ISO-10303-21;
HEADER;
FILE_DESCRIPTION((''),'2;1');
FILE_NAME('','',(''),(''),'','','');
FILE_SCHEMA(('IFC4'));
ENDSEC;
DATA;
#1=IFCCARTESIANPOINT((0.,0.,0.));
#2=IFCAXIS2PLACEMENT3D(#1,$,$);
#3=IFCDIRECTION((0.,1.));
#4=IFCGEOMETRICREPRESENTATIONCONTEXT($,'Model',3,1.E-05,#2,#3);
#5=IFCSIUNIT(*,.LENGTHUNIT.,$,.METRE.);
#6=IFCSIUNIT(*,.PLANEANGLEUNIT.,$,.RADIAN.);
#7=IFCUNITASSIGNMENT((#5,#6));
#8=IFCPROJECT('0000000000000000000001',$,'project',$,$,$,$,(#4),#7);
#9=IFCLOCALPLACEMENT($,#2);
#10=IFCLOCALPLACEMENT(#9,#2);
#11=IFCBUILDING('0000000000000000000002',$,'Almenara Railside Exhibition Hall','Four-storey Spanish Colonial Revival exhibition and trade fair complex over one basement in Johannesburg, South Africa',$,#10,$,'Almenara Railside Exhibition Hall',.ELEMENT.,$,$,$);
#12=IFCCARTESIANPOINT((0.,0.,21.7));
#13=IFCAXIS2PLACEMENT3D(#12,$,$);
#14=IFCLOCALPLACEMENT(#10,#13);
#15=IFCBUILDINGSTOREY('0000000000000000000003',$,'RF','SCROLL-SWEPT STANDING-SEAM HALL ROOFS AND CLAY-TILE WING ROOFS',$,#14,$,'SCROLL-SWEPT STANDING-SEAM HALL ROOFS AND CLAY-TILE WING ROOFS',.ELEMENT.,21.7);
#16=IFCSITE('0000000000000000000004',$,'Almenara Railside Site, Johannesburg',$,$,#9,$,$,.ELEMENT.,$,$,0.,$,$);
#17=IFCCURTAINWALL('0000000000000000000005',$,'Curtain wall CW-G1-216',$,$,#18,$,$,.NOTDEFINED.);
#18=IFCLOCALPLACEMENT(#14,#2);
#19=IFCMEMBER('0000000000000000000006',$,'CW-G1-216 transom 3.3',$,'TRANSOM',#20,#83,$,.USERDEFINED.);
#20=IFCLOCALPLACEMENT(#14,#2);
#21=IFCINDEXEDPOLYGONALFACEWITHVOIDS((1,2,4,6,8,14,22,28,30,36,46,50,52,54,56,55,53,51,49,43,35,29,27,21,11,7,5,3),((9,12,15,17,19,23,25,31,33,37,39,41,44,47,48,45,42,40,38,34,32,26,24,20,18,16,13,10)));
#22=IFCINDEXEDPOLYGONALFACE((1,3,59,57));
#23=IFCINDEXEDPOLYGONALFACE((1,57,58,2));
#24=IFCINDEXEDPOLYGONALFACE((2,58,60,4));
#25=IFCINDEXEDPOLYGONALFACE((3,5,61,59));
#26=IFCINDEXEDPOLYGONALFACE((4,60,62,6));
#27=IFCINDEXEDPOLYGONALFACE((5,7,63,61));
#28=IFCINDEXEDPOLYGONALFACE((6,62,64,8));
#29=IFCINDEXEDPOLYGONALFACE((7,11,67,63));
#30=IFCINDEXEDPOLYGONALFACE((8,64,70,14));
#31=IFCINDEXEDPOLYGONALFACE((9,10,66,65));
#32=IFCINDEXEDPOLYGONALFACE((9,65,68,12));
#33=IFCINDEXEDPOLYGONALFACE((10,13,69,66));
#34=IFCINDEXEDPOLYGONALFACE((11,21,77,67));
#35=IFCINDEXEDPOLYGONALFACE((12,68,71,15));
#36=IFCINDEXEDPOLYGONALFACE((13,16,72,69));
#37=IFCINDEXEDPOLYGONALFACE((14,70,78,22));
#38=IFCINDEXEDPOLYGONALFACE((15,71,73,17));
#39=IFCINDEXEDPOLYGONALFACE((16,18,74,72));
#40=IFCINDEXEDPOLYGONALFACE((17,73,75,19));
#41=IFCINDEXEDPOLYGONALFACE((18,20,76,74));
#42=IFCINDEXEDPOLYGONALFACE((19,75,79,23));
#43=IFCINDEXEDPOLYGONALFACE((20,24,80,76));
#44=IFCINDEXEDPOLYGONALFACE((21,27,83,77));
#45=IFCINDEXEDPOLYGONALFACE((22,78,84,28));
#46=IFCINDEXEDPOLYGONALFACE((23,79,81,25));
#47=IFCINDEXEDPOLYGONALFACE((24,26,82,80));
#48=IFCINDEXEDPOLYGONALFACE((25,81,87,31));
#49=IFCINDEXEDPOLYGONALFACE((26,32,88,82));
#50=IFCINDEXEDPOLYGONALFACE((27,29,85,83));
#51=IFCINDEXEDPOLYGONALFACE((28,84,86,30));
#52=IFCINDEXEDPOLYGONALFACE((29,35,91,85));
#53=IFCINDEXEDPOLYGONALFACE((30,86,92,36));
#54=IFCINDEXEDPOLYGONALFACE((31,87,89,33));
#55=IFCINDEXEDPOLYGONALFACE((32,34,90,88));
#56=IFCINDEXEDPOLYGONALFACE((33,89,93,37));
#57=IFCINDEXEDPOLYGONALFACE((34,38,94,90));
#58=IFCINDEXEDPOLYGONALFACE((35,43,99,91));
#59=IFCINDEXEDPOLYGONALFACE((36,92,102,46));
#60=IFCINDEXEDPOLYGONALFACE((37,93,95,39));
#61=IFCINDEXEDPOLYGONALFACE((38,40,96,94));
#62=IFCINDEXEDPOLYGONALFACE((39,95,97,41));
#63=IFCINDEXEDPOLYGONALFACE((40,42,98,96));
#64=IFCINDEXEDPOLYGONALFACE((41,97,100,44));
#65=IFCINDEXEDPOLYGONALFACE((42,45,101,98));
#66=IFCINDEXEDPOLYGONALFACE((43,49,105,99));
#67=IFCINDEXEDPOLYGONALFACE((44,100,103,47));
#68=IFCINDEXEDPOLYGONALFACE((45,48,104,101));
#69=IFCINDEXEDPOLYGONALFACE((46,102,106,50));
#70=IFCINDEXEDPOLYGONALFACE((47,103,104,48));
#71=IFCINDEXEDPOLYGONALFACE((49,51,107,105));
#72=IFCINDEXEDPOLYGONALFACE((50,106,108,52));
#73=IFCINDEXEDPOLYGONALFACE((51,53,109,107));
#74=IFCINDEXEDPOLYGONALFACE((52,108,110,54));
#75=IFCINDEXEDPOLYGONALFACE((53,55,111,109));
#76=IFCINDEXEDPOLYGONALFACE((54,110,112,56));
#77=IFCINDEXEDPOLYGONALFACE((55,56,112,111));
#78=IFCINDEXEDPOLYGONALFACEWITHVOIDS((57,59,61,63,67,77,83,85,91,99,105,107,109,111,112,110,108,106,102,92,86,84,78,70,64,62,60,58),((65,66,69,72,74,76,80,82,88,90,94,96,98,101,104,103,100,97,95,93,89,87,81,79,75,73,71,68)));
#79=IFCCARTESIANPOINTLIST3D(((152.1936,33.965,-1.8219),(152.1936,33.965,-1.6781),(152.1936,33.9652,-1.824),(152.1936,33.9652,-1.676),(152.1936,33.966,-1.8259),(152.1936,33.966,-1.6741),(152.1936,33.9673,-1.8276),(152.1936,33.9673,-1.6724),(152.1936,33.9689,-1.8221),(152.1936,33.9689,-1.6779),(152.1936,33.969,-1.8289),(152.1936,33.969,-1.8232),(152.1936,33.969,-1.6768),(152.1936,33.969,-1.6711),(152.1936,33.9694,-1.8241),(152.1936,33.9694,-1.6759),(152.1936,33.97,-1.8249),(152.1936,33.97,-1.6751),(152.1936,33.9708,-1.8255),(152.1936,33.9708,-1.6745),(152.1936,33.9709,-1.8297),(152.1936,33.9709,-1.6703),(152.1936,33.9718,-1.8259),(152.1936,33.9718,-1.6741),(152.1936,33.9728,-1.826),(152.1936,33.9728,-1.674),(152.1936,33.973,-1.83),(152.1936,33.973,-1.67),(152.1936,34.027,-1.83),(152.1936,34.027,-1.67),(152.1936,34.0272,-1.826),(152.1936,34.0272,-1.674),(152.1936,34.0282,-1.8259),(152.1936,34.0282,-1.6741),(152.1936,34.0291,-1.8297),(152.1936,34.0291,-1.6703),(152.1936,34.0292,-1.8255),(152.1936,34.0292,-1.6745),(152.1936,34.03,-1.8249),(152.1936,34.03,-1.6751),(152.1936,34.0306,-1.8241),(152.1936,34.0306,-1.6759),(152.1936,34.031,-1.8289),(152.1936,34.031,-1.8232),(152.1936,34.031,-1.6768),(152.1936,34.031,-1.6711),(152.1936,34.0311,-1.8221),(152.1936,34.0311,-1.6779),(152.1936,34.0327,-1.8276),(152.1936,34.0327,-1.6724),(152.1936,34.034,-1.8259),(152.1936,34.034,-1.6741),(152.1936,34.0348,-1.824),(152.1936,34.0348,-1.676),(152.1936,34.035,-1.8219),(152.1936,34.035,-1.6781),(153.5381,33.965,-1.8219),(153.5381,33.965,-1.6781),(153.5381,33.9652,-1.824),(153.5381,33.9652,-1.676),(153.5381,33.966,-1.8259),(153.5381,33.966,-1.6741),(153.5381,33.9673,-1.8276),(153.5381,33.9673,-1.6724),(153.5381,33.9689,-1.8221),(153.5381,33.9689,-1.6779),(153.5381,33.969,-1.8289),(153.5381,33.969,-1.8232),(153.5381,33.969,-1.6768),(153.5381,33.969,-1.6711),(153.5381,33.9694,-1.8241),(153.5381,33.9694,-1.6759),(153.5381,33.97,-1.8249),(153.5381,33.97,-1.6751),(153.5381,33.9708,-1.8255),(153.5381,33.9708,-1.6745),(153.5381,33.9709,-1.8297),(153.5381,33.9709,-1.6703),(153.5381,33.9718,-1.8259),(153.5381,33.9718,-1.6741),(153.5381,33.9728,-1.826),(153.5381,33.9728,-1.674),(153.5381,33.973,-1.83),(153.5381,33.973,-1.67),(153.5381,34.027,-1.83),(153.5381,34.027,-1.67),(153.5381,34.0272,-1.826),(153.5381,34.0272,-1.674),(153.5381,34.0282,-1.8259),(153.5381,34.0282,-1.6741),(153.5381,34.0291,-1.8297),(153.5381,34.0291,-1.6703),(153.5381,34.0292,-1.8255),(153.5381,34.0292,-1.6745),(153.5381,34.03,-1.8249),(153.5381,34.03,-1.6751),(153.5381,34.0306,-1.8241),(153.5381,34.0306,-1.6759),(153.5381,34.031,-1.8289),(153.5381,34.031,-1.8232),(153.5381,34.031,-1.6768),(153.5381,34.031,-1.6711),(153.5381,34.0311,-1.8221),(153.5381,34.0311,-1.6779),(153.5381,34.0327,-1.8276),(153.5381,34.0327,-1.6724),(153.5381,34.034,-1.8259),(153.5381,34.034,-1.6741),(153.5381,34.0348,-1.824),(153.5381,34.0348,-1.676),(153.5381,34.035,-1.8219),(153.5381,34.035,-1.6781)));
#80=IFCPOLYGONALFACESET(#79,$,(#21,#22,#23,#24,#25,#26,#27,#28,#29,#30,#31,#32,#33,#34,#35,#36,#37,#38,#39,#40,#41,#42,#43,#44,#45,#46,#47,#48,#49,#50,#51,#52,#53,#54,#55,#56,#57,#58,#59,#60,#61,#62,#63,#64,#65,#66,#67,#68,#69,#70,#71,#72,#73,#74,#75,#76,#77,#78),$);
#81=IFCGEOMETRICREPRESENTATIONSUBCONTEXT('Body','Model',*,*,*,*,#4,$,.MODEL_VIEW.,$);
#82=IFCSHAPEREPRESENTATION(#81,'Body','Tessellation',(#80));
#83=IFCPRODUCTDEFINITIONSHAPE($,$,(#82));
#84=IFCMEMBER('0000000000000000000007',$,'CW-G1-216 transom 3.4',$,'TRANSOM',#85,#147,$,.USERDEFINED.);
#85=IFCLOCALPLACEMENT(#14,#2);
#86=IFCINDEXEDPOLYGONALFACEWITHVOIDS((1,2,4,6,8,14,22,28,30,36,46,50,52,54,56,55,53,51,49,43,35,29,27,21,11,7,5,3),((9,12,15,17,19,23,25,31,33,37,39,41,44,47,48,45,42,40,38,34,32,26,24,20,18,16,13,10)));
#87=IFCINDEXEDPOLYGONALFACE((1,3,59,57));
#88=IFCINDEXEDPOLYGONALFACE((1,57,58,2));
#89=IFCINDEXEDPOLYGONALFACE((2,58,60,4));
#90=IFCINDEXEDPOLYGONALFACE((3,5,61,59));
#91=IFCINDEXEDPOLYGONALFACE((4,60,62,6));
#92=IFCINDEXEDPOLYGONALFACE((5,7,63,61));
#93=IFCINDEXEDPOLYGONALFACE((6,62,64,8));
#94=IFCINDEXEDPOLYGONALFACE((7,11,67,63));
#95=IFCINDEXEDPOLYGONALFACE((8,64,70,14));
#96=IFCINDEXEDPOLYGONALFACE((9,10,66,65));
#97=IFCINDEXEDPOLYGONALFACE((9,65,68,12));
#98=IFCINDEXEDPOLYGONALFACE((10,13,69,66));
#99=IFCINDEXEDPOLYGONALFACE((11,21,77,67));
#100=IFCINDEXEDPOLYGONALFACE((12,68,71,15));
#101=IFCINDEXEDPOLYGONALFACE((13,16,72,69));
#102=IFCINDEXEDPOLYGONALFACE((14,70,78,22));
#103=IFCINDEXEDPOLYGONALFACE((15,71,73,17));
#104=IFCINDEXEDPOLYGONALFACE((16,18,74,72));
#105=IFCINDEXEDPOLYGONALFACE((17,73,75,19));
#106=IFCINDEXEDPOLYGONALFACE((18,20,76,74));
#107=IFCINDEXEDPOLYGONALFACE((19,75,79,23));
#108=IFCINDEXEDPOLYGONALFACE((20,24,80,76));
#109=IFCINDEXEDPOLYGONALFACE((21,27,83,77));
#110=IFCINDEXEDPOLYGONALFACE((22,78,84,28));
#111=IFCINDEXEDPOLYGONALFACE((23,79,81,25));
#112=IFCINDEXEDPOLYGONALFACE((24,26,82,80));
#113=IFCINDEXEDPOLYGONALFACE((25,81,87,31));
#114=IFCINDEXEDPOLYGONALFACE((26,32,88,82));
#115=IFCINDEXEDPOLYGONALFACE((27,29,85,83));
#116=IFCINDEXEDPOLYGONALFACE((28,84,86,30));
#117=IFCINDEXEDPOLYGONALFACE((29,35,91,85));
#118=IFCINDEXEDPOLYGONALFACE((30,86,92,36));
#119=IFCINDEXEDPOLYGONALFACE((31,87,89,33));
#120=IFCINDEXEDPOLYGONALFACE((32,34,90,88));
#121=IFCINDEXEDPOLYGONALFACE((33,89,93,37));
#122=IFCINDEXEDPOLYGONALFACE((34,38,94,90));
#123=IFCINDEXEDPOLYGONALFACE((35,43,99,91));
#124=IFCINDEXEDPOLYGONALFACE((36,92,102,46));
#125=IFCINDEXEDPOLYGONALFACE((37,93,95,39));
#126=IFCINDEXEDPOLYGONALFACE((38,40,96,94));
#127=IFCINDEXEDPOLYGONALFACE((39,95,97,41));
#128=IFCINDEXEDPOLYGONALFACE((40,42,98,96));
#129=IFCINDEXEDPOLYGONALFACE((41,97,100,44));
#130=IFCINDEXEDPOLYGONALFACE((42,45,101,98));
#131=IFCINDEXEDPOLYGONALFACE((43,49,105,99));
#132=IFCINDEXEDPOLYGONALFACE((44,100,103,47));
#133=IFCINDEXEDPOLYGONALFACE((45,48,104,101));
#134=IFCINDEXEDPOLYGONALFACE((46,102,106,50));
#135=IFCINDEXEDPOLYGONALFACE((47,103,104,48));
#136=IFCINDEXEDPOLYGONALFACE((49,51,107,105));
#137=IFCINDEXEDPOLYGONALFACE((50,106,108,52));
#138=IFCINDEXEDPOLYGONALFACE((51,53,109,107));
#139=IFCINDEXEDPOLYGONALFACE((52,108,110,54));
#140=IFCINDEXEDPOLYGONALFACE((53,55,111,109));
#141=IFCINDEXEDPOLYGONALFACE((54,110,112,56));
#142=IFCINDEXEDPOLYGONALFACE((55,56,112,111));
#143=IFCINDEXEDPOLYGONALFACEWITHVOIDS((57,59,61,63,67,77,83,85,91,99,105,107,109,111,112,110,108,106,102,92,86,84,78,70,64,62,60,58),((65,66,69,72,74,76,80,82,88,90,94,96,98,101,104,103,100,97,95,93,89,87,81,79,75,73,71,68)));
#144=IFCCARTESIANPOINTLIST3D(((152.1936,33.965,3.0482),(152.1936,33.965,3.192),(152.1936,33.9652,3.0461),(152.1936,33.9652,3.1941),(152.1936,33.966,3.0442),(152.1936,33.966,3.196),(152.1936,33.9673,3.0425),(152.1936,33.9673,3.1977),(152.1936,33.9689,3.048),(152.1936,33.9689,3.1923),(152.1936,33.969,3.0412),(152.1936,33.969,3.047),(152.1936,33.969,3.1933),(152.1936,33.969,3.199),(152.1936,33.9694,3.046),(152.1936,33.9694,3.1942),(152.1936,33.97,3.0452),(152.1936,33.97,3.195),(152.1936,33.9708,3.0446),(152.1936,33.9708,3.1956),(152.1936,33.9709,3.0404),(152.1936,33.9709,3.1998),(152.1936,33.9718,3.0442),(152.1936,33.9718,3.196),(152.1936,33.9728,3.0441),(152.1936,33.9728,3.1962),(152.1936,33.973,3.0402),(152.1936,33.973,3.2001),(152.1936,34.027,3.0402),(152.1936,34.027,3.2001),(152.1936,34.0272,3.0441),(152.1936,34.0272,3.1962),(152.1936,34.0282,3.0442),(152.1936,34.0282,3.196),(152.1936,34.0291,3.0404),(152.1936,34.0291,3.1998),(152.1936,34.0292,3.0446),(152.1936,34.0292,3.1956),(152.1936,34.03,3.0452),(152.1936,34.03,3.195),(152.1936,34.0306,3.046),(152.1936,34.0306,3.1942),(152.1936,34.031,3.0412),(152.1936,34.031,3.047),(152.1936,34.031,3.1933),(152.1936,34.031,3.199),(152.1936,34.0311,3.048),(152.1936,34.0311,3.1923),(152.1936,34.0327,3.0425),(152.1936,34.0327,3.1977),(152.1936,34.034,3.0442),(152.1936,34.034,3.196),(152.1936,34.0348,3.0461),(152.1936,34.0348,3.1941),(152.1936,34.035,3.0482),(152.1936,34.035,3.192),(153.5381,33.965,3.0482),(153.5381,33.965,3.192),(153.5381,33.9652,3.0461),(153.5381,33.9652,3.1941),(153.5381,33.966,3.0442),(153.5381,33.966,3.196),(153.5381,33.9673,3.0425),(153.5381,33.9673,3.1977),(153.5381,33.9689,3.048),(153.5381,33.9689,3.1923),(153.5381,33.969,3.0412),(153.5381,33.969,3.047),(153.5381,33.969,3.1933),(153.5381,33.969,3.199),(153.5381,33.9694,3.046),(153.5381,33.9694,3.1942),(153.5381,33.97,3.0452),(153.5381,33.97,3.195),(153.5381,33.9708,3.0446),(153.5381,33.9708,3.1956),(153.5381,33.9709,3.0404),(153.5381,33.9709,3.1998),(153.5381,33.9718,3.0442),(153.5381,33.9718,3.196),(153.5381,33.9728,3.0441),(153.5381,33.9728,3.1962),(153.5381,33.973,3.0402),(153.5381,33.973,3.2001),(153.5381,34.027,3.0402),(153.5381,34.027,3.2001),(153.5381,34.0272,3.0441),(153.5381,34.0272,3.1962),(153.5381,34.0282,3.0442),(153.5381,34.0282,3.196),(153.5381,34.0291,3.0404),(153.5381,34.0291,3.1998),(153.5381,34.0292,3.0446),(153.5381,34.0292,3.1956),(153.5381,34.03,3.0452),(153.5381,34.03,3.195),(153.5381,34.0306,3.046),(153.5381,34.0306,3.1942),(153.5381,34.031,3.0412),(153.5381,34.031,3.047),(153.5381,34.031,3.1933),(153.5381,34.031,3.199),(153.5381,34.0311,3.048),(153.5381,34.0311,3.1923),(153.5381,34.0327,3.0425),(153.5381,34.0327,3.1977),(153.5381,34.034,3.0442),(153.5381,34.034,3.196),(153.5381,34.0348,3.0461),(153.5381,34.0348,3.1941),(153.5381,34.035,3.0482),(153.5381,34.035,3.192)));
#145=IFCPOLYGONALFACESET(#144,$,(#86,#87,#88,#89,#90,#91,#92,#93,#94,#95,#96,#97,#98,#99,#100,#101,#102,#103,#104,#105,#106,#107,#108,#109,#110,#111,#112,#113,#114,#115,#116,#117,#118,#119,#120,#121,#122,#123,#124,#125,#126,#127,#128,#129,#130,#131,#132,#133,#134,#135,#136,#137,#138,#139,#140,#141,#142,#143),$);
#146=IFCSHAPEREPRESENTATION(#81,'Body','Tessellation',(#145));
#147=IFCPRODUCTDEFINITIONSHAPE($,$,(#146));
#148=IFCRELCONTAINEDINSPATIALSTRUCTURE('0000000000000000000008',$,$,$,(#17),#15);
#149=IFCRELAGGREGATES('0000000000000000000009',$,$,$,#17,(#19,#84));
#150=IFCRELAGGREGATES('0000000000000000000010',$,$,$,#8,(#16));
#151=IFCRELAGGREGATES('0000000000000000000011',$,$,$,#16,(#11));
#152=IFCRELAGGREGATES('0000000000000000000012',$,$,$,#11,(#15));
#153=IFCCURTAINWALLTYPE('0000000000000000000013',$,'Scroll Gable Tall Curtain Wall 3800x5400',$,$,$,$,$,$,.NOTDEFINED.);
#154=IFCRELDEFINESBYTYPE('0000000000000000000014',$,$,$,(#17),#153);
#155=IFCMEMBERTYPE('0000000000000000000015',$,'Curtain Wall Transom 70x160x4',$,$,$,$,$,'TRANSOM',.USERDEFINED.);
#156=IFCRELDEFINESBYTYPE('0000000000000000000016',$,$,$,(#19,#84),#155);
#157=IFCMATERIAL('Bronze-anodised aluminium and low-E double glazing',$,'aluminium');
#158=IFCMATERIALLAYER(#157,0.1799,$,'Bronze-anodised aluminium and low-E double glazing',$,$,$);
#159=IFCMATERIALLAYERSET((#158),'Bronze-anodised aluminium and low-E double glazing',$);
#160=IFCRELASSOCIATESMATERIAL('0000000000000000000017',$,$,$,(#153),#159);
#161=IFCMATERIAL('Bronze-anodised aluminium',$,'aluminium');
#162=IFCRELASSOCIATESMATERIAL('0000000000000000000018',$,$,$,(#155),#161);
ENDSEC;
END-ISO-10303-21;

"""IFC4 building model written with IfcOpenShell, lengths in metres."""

from ifc_helpers import new_model, si_unit, direction, frame, origin, origin_2d, place, context, subcontext, project, spatial, hollow_rectangle, extrude, material, layer, layer_set, material_profile, profile_set, type_object, element, aggregate, save


model = new_model("IFC4")

# Units and contexts
model_context = context("Model", 3, precision=1e-05, world=origin(), true_north=direction((0.0, 1.0)))
body_context = subcontext(model_context, "Body", "Model", "MODEL_VIEW")
ifc_project = project(units=[si_unit("LENGTHUNIT", "METRE"), si_unit("PLANEANGLEUNIT", "RADIAN")], contexts=[model_context])

# Site, building, storey
site_placement = place(None, origin())
site = spatial("IfcSite", under=ifc_project, at=site_placement, Name="Almenara Railside Site, Johannesburg", CompositionType="ELEMENT", RefElevation=0.0)
building_placement = place(site_placement, origin())
building = spatial("IfcBuilding", under=site, at=building_placement, Name="Almenara Railside Exhibition Hall", Description="Four-storey Spanish Colonial Revival exhibition and trade fair complex over one basement in Johannesburg, South Africa", LongName="Almenara Railside Exhibition Hall", CompositionType="ELEMENT")
storey_placement = place(building_placement, frame((0.0, 0.0, 21.7)))
storey = spatial("IfcBuildingStorey", under=building, at=storey_placement, Name="RF", Description="SCROLL-SWEPT STANDING-SEAM HALL ROOFS AND CLAY-TILE WING ROOFS", LongName="SCROLL-SWEPT STANDING-SEAM HALL ROOFS AND CLAY-TILE WING ROOFS", CompositionType="ELEMENT", Elevation=21.7)

# Curtain wall
ifc_material_1 = material(Name="Bronze-anodised aluminium and low-E double glazing", Category="aluminium")
ifc_layer_1 = layer(ifc_material_1, 0.1799, Name="Bronze-anodised aluminium and low-E double glazing")
ifc_layer_set_1 = layer_set([ifc_layer_1], Name="Bronze-anodised aluminium and low-E double glazing")
curtain_wall_type = type_object("IfcCurtainWallType", Name="Scroll Gable Tall Curtain Wall 3800x5400", PredefinedType="NOTDEFINED", material=ifc_layer_set_1)
ifc_material_2 = material(Name="Bronze-anodised aluminium", Category="aluminium")
curtain_wall_1_placement = place(storey_placement, origin())
curtain_wall_1 = element("IfcCurtainWall", 1, at=curtain_wall_1_placement, inside=storey, type_object=curtain_wall_type, Name="Curtain wall CW-G1-216", PredefinedType="NOTDEFINED")

# Members
ifc_material_profile_1 = material_profile(ifc_material_2, hollow_rectangle(XDim=0.0701, YDim=0.1599, WallThickness=0.0039, InnerFilletRadius=0.0039, OuterFilletRadius=0.0081, at=origin_2d()), Name="ALU-TRN 70x160x4")
ifc_profile_set_1 = profile_set([ifc_material_profile_1], Name="Bronze-anodised aluminium")
member_type_1 = type_object("IfcMemberType", Name="Curtain Wall Transom 70x160x4", ElementType="TRANSOM", PredefinedType="USERDEFINED", material=ifc_profile_set_1)
member_1_placement = place(storey_placement, frame((152.1936, 34.0, -1.75), z_axis=(1.0, 0.0, 0.0), x_axis=(0.0, 1.0, 0.0)))
member_1 = element("IfcMember", 2, at=member_1_placement, type_object=member_type_1, Name="CW-G1-216 transom 3.3", ObjectType="TRANSOM", PredefinedType="USERDEFINED", context=body_context, shape_type="SweptSolid", body=[
    extrude(hollow_rectangle(XDim=0.0701, YDim=0.1599, WallThickness=0.0039, InnerFilletRadius=0.0039, OuterFilletRadius=0.0081, at=origin_2d()), origin(), (0.0, 0.0, 1.0), 1.3445),
])
member_2_placement = place(storey_placement, frame((152.1936, 34.0, 3.1201), z_axis=(1.0, 0.0, 0.0), x_axis=(0.0, 1.0, 0.0)))
member_2 = element("IfcMember", 3, at=member_2_placement, type_object=member_type_1, Name="CW-G1-216 transom 3.4", ObjectType="TRANSOM", PredefinedType="USERDEFINED", context=body_context, shape_type="SweptSolid", body=[
    extrude(hollow_rectangle(XDim=0.0701, YDim=0.1599, WallThickness=0.0039, InnerFilletRadius=0.0039, OuterFilletRadius=0.0081, at=origin_2d()), origin(), (0.0, 0.0, 1.0), 1.3445),
])

aggregate(curtain_wall_1, [member_1, member_2])

save(model, "model.ifc")
